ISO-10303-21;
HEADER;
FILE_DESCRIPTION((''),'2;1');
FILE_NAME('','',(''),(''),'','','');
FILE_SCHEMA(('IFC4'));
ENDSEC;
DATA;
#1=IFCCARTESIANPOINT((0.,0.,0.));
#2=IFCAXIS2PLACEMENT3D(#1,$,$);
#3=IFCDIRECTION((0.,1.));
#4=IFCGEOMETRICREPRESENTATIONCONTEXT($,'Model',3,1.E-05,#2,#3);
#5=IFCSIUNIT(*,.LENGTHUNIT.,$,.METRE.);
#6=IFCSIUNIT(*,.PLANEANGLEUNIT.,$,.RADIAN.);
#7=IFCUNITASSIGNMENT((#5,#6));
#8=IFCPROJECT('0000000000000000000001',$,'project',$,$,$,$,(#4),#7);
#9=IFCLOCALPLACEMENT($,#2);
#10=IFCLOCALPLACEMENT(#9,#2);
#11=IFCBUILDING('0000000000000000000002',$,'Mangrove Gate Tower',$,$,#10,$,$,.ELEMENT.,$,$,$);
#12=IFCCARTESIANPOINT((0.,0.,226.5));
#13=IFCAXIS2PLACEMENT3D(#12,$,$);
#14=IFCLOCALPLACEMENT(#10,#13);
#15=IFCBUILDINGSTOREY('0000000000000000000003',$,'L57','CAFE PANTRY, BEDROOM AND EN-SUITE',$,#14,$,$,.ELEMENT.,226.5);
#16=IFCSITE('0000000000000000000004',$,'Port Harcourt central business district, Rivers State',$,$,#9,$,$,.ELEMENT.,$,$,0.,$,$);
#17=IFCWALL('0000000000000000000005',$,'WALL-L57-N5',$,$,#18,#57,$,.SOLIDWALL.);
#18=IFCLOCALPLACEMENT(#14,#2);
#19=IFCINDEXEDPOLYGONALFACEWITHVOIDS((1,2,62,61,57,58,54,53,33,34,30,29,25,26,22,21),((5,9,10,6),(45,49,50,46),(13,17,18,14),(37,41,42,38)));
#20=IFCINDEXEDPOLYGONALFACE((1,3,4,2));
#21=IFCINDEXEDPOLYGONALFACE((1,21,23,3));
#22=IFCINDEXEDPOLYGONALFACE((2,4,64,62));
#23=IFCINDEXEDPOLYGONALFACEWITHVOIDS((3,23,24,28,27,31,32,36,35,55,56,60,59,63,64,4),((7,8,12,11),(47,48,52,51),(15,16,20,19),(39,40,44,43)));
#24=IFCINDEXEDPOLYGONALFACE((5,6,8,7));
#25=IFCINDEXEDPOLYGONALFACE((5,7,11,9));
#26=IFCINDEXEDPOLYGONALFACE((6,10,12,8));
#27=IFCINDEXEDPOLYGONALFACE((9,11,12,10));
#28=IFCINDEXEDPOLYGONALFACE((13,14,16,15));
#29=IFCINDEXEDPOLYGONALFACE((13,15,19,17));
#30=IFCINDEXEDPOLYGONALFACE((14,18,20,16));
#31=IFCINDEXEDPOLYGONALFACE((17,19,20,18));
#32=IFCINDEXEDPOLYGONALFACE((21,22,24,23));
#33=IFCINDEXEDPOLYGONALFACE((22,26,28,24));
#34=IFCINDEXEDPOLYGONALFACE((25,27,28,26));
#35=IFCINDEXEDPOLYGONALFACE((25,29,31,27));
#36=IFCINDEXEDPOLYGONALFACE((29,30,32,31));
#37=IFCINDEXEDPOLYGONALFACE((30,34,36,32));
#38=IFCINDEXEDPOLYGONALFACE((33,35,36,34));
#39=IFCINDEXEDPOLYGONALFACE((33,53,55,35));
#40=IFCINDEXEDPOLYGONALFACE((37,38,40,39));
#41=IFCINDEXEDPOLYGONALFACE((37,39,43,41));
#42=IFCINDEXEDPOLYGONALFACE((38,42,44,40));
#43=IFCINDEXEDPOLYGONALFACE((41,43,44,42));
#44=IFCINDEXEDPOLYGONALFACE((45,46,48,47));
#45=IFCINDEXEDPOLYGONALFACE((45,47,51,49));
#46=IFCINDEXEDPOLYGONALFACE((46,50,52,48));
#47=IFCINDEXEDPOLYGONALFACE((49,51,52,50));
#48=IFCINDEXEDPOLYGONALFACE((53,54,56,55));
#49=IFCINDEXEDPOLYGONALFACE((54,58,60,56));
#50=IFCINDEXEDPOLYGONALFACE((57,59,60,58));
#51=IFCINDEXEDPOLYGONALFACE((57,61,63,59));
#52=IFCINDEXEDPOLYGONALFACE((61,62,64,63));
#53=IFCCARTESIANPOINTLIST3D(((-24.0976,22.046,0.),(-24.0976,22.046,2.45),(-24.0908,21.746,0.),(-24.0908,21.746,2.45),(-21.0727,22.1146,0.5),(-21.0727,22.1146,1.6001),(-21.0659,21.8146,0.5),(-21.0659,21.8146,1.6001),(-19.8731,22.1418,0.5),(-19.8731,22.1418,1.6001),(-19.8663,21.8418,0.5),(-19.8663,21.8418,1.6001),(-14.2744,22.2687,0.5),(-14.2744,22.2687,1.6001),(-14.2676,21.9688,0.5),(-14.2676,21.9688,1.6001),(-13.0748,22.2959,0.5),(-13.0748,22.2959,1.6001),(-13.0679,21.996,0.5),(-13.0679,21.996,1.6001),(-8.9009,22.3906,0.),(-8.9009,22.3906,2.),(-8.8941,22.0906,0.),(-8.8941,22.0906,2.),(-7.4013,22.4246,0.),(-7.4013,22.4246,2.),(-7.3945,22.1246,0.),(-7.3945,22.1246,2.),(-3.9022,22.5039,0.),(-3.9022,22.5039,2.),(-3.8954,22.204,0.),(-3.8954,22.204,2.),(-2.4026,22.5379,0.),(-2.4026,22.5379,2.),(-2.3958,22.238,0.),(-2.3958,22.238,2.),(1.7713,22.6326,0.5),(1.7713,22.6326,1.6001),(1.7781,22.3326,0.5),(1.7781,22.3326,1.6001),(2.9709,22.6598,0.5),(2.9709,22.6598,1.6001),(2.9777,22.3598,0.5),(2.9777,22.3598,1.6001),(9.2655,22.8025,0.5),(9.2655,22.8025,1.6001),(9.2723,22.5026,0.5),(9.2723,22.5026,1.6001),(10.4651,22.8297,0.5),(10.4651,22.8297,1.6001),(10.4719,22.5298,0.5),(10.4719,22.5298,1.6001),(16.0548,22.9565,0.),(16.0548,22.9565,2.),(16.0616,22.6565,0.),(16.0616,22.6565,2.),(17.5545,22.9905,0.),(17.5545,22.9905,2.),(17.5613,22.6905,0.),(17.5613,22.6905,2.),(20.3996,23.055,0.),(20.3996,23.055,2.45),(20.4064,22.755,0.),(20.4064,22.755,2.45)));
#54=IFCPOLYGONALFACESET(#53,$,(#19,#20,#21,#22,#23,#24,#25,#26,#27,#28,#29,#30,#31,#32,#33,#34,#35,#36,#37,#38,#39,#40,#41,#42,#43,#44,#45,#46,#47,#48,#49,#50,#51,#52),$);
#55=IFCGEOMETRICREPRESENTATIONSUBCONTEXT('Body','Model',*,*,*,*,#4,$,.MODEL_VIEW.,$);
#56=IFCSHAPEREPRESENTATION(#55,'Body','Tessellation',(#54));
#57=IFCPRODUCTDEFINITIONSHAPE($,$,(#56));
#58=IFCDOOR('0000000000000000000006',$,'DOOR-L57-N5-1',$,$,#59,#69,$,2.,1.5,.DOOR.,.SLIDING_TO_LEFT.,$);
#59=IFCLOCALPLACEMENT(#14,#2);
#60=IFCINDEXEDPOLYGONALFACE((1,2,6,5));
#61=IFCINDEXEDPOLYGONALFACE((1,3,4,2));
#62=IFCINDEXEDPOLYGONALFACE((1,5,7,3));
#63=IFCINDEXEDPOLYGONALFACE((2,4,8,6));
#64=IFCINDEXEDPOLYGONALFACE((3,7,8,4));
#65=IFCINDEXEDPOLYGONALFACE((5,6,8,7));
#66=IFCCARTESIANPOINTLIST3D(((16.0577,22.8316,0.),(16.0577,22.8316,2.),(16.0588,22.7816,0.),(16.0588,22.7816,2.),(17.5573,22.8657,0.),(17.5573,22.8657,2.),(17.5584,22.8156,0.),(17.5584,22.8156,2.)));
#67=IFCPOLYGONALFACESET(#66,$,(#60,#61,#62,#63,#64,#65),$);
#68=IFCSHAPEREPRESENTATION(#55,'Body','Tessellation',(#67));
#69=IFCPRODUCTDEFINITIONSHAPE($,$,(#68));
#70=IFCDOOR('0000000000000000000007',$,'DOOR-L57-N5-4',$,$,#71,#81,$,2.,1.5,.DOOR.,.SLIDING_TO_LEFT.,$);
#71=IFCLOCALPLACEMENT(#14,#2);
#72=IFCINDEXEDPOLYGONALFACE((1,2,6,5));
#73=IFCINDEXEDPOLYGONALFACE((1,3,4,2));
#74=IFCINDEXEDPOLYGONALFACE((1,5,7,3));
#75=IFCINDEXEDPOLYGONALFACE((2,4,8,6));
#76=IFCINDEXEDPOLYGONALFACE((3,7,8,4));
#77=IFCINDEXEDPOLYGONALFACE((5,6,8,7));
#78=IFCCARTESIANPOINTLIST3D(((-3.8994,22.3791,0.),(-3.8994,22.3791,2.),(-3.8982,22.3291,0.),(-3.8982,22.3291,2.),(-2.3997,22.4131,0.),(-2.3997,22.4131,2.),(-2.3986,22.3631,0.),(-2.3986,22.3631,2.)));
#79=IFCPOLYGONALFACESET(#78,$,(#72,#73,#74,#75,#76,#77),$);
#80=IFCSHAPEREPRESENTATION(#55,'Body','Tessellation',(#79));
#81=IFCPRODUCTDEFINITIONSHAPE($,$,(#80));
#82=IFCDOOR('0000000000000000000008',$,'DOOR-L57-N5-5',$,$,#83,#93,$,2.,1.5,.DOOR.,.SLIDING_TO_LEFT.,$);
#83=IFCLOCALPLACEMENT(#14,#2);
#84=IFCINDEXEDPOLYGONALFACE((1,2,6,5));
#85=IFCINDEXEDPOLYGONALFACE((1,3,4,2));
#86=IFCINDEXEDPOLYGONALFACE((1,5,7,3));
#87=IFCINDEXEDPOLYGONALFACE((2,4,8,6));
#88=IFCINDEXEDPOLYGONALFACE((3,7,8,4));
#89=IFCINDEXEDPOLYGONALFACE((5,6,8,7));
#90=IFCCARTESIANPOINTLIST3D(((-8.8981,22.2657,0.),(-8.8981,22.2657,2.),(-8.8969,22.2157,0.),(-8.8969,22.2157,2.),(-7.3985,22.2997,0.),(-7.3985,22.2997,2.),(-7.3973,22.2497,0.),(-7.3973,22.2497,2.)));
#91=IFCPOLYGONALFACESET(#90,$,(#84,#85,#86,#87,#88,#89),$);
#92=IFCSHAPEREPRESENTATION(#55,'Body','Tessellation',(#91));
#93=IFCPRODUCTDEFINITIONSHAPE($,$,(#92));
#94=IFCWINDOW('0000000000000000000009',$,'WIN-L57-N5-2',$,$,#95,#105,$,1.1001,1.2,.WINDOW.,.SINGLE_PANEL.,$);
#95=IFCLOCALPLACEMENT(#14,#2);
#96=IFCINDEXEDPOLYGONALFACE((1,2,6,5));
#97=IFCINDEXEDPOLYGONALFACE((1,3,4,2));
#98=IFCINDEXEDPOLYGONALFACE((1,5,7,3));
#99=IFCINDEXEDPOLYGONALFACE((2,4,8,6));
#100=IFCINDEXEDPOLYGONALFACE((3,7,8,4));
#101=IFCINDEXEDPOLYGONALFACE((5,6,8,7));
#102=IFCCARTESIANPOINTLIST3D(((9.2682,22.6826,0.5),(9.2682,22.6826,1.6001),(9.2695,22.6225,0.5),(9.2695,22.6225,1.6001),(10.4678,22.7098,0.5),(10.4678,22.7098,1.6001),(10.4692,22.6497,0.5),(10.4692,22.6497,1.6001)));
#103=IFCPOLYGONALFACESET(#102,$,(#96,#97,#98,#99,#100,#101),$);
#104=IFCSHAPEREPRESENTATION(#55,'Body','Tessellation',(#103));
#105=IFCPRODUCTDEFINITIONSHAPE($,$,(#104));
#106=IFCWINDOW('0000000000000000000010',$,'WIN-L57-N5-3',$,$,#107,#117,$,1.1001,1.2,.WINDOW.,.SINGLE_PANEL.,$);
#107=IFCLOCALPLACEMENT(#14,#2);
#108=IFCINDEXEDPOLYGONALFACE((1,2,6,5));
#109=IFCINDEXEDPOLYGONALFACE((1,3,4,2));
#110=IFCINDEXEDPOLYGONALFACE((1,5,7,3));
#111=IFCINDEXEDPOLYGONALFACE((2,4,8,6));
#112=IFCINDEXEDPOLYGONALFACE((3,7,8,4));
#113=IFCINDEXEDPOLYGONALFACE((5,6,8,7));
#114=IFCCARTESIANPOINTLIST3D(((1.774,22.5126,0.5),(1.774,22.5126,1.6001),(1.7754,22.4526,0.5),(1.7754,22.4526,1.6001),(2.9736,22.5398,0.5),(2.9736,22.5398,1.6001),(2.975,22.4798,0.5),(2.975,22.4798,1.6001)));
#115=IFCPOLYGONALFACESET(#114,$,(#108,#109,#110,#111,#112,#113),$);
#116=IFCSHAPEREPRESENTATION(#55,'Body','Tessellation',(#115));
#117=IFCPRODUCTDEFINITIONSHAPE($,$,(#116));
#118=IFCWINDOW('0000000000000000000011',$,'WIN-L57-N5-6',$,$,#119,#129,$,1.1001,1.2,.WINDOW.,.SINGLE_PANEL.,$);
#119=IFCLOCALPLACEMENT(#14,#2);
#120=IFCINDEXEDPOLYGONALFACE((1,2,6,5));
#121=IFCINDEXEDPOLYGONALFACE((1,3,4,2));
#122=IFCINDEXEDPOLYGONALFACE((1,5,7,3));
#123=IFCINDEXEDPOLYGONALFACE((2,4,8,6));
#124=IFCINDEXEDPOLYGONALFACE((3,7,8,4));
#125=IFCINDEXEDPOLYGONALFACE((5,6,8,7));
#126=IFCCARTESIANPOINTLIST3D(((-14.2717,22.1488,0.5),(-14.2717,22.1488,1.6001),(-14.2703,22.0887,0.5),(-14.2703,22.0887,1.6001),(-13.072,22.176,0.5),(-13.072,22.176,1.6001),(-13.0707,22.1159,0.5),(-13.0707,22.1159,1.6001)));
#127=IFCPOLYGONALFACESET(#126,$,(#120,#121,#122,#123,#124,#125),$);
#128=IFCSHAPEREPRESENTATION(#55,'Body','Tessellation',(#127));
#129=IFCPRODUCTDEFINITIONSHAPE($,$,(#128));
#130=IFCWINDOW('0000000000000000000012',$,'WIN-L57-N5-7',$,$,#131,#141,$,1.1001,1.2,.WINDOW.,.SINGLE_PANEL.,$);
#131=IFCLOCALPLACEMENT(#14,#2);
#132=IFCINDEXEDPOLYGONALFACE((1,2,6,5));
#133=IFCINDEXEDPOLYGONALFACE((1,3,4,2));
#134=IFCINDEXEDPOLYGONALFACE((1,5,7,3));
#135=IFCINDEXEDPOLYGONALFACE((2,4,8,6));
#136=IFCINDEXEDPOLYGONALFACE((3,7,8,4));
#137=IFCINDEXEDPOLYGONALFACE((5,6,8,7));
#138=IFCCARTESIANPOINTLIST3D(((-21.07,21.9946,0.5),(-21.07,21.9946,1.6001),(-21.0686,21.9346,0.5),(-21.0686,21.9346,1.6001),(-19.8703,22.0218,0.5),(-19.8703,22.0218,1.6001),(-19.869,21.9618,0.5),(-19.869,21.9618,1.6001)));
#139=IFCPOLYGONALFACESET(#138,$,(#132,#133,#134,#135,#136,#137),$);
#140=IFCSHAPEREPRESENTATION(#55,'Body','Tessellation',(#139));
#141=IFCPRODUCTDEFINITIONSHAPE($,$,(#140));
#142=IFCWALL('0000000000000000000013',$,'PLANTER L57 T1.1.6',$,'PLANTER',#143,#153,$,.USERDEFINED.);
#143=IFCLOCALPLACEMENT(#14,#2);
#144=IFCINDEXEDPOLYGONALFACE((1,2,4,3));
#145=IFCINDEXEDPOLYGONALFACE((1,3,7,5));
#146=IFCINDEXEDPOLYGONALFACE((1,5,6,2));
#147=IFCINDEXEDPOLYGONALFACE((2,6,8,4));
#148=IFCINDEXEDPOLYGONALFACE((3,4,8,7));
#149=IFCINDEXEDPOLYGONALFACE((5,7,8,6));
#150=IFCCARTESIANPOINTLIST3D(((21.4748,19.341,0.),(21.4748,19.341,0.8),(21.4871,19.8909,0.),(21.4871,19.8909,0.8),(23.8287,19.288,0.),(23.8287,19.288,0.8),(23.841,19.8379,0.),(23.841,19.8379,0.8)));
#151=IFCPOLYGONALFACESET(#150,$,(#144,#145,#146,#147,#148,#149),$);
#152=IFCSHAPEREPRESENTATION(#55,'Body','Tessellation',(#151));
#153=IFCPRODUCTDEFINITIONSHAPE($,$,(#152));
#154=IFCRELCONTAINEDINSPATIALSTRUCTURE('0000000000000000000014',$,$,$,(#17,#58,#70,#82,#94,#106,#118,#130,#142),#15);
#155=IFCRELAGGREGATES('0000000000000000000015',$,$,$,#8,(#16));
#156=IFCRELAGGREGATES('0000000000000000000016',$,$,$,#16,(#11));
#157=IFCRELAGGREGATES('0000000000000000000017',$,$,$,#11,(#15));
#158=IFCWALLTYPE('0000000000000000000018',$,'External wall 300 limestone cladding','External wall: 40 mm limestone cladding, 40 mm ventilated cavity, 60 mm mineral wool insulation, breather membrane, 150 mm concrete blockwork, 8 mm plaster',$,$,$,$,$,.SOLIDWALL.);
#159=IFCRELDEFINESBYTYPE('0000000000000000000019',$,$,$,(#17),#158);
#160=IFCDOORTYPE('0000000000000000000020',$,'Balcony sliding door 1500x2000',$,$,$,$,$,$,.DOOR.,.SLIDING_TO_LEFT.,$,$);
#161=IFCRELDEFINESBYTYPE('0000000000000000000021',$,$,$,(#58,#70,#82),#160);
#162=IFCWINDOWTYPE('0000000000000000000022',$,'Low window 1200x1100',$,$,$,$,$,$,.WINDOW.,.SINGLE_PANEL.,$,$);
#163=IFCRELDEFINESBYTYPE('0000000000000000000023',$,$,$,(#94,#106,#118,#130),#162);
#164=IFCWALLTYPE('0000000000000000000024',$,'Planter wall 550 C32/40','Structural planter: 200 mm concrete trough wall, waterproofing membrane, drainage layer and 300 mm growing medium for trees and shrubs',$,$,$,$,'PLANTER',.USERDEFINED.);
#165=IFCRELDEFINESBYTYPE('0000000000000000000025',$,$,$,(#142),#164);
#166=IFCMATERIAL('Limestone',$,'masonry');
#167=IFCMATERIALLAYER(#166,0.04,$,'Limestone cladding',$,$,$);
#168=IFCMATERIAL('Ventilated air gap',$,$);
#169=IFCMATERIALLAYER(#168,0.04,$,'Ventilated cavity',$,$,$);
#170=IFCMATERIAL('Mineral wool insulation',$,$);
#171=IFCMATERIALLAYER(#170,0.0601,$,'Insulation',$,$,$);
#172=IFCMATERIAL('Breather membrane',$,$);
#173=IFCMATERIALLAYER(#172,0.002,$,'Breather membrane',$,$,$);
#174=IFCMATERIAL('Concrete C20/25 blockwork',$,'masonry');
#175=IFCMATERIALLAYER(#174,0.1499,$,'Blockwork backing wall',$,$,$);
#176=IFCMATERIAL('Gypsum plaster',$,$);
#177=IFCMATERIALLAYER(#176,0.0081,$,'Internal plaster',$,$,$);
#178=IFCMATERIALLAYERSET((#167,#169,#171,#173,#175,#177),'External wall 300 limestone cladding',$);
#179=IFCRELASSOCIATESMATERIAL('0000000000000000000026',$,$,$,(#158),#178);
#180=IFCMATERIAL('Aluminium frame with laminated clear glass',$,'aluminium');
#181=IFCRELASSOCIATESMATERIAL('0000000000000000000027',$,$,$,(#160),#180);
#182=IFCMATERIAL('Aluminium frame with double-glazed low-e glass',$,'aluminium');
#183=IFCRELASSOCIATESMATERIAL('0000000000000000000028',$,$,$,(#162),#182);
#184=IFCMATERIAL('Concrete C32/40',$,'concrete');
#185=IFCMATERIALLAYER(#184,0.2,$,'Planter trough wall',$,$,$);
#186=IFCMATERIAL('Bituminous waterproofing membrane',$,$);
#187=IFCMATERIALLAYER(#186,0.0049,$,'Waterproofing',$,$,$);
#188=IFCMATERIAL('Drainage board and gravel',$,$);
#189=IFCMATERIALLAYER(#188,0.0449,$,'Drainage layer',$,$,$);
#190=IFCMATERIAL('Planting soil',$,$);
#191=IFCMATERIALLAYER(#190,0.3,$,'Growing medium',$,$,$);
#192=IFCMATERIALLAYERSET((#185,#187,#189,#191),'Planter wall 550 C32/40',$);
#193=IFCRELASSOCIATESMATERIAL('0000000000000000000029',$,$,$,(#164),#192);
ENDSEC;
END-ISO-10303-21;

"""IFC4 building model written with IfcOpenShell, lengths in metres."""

from ifc_helpers import new_model, si_unit, direction, frame, frame_2d, origin, place, context, subcontext, project, spatial, rectangle, extrude, material, layer, layer_set, type_object, element, fill, save


model = new_model("IFC4")

# Units and contexts
model_context = context("Model", 3, precision=1e-05, world=origin(), true_north=direction((0.0, 1.0)))
body_context = subcontext(model_context, "Body", "Model", "MODEL_VIEW")
ifc_project = project(units=[si_unit("LENGTHUNIT", "METRE"), si_unit("PLANEANGLEUNIT", "RADIAN")], contexts=[model_context])

# Site, building, storey
site_placement = place(None, origin())
site = spatial("IfcSite", under=ifc_project, at=site_placement, Name="Port Harcourt central business district, Rivers State", CompositionType="ELEMENT", RefElevation=0.0)
building_placement = place(site_placement, origin())
building = spatial("IfcBuilding", under=site, at=building_placement, Name="Mangrove Gate Tower", CompositionType="ELEMENT")
storey_placement = place(building_placement, frame((0.0, 0.0, 226.5)))
storey = spatial("IfcBuildingStorey", under=building, at=storey_placement, Name="L57", Description="CAFE PANTRY, BEDROOM AND EN-SUITE", CompositionType="ELEMENT", Elevation=226.5)

# Wall, openings, doors, windows
ifc_material_1 = material(Name="Limestone", Category="masonry")
ifc_layer_1 = layer(ifc_material_1, 0.04, Name="Limestone cladding")
ifc_material_2 = material(Name="Ventilated air gap")
ifc_layer_2 = layer(ifc_material_2, 0.04, Name="Ventilated cavity")
ifc_material_3 = material(Name="Mineral wool insulation")
ifc_layer_3 = layer(ifc_material_3, 0.0601, Name="Insulation")
ifc_material_4 = material(Name="Breather membrane")
ifc_layer_4 = layer(ifc_material_4, 0.002, Name="Breather membrane")
ifc_material_5 = material(Name="Concrete C20/25 blockwork", Category="masonry")
ifc_layer_5 = layer(ifc_material_5, 0.1499, Name="Blockwork backing wall")
ifc_material_6 = material(Name="Gypsum plaster")
ifc_layer_6 = layer(ifc_material_6, 0.0081, Name="Internal plaster")
ifc_layer_set_1 = layer_set([ifc_layer_1, ifc_layer_2, ifc_layer_3, ifc_layer_4, ifc_layer_5, ifc_layer_6], Name="External wall 300 limestone cladding")
wall_type_1 = type_object("IfcWallType", Name="External wall 300 limestone cladding", Description="External wall: 40 mm limestone cladding, 40 mm ventilated cavity, 60 mm mineral wool insulation, breather membrane, 150 mm concrete blockwork, 8 mm plaster", PredefinedType="SOLIDWALL", material=ifc_layer_set_1)
wall_1_placement = place(storey_placement, frame((20.4031, 22.905, 0.0), z_axis=(0.0, 0.0, 1.0), x_axis=(-0.999743, -0.022671, 0.0)))
wall_1 = element("IfcWall", 1, at=wall_1_placement, inside=storey, type_object=wall_type_1, Name="WALL-L57-N5", PredefinedType="SOLIDWALL", context=body_context, shape_type="SweptSolid", body=[
    extrude(rectangle(XDim=44.5085, YDim=0.3, at=frame_2d((22.2544, 0.0))), origin(), (0.0, 0.0, 1.0), 2.45),
])
opening_1_placement = place(wall_1_placement, frame((2.8459, 0.0, 0.0)))
opening_1 = element("IfcOpeningElement", 2, at=opening_1_placement, cuts=wall_1, PredefinedType="OPENING", context=body_context, shape_type="SweptSolid", body=[
    extrude(rectangle(XDim=1.5, YDim=2.0, at=frame_2d((0.75, 1.0))), frame((0.0, 0.1599, 0.0), z_axis=(0.0, -1.0, 0.0), x_axis=(1.0, 0.0, 0.0)), (0.0, 0.0, 1.0), 0.3201),
])
opening_2_placement = place(wall_1_placement, frame((9.937, 0.0, 0.5)))
opening_2 = element("IfcOpeningElement", 3, at=opening_2_placement, cuts=wall_1, PredefinedType="OPENING", context=body_context, shape_type="SweptSolid", body=[
    extrude(rectangle(XDim=1.2, YDim=1.1001, at=frame_2d((0.6001, 0.55))), frame((0.0, 0.1599, 0.0), z_axis=(0.0, -1.0, 0.0), x_axis=(1.0, 0.0, 0.0)), (0.0, 0.0, 1.0), 0.3201),
])
opening_3_placement = place(wall_1_placement, frame((17.4331, 0.0, 0.5)))
opening_3 = element("IfcOpeningElement", 4, at=opening_3_placement, cuts=wall_1, PredefinedType="OPENING", context=body_context, shape_type="SweptSolid", body=[
    extrude(rectangle(XDim=1.2, YDim=1.1001, at=frame_2d((0.6001, 0.55))), frame((0.0, 0.1599, 0.0), z_axis=(0.0, -1.0, 0.0), x_axis=(1.0, 0.0, 0.0)), (0.0, 0.0, 1.0), 0.3201),
])
opening_4_placement = place(wall_1_placement, frame((22.8081, 0.0, 0.0)))
opening_4 = element("IfcOpeningElement", 5, at=opening_4_placement, cuts=wall_1, PredefinedType="OPENING", context=body_context, shape_type="SweptSolid", body=[
    extrude(rectangle(XDim=1.5, YDim=2.0, at=frame_2d((0.75, 1.0))), frame((0.0, 0.1599, 0.0), z_axis=(0.0, -1.0, 0.0), x_axis=(1.0, 0.0, 0.0)), (0.0, 0.0, 1.0), 0.3201),
])
opening_5_placement = place(wall_1_placement, frame((27.8081, 0.0, 0.0)))
opening_5 = element("IfcOpeningElement", 6, at=opening_5_placement, cuts=wall_1, PredefinedType="OPENING", context=body_context, shape_type="SweptSolid", body=[
    extrude(rectangle(XDim=1.5, YDim=2.0, at=frame_2d((0.75, 1.0))), frame((0.0, 0.1599, 0.0), z_axis=(0.0, -1.0, 0.0), x_axis=(1.0, 0.0, 0.0)), (0.0, 0.0, 1.0), 0.3201),
])
opening_6_placement = place(wall_1_placement, frame((33.4829, 0.0, 0.5)))
opening_6 = element("IfcOpeningElement", 7, at=opening_6_placement, cuts=wall_1, PredefinedType="OPENING", context=body_context, shape_type="SweptSolid", body=[
    extrude(rectangle(XDim=1.2, YDim=1.1001, at=frame_2d((0.6001, 0.55))), frame((0.0, 0.1599, 0.0), z_axis=(0.0, -1.0, 0.0), x_axis=(1.0, 0.0, 0.0)), (0.0, 0.0, 1.0), 0.3201),
])
opening_7_placement = place(wall_1_placement, frame((40.283, 0.0, 0.5)))
opening_7 = element("IfcOpeningElement", 8, at=opening_7_placement, cuts=wall_1, PredefinedType="OPENING", context=body_context, shape_type="SweptSolid", body=[
    extrude(rectangle(XDim=1.2, YDim=1.1001, at=frame_2d((0.6001, 0.55))), frame((0.0, 0.1599, 0.0), z_axis=(0.0, -1.0, 0.0), x_axis=(1.0, 0.0, 0.0)), (0.0, 0.0, 1.0), 0.3201),
])
ifc_material_7 = material(Name="Aluminium frame with laminated clear glass", Category="aluminium")
door_type = type_object("IfcDoorType", Name="Balcony sliding door 1500x2000", OperationType="SLIDING_TO_LEFT", PredefinedType="DOOR", material=ifc_material_7)
door_1_placement = place(opening_1_placement, origin())
door_1 = element("IfcDoor", 9, at=door_1_placement, inside=storey, type_object=door_type, Name="DOOR-L57-N5-1", OperationType="SLIDING_TO_LEFT", OverallHeight=2.0, OverallWidth=1.5, PredefinedType="DOOR", context=body_context, shape_type="SweptSolid", body=[
    extrude(rectangle(XDim=1.5, YDim=2.0, at=frame_2d((0.75, 1.0))), frame((0.0, 0.0249, 0.0), z_axis=(0.0, -1.0, 0.0), x_axis=(1.0, 0.0, 0.0)), (0.0, 0.0, 1.0), 0.05),
])
fill(opening_1, door_1)
door_2_placement = place(opening_4_placement, origin())
door_2 = element("IfcDoor", 10, at=door_2_placement, inside=storey, type_object=door_type, Name="DOOR-L57-N5-4", OperationType="SLIDING_TO_LEFT", OverallHeight=2.0, OverallWidth=1.5, PredefinedType="DOOR", context=body_context, shape_type="SweptSolid", body=[
    extrude(rectangle(XDim=1.5, YDim=2.0, at=frame_2d((0.75, 1.0))), frame((0.0, 0.0249, 0.0), z_axis=(0.0, -1.0, 0.0), x_axis=(1.0, 0.0, 0.0)), (0.0, 0.0, 1.0), 0.05),
])
fill(opening_4, door_2)
door_3_placement = place(opening_5_placement, origin())
door_3 = element("IfcDoor", 11, at=door_3_placement, inside=storey, type_object=door_type, Name="DOOR-L57-N5-5", OperationType="SLIDING_TO_LEFT", OverallHeight=2.0, OverallWidth=1.5, PredefinedType="DOOR", context=body_context, shape_type="SweptSolid", body=[
    extrude(rectangle(XDim=1.5, YDim=2.0, at=frame_2d((0.75, 1.0))), frame((0.0, 0.0249, 0.0), z_axis=(0.0, -1.0, 0.0), x_axis=(1.0, 0.0, 0.0)), (0.0, 0.0, 1.0), 0.05),
])
fill(opening_5, door_3)
ifc_material_8 = material(Name="Aluminium frame with double-glazed low-e glass", Category="aluminium")
window_type = type_object("IfcWindowType", Name="Low window 1200x1100", PartitioningType="SINGLE_PANEL", PredefinedType="WINDOW", material=ifc_material_8)
window_1_placement = place(opening_2_placement, origin())
window_1 = element("IfcWindow", 12, at=window_1_placement, inside=storey, type_object=window_type, Name="WIN-L57-N5-2", OverallHeight=1.1001, OverallWidth=1.2, PartitioningType="SINGLE_PANEL", PredefinedType="WINDOW", context=body_context, shape_type="SweptSolid", body=[
    extrude(rectangle(XDim=1.2, YDim=1.1001, at=frame_2d((0.6001, 0.55))), frame((0.0, 0.03, 0.0), z_axis=(0.0, -1.0, 0.0), x_axis=(1.0, 0.0, 0.0)), (0.0, 0.0, 1.0), 0.0601),
])
fill(opening_2, window_1)
window_2_placement = place(opening_3_placement, origin())
window_2 = element("IfcWindow", 13, at=window_2_placement, inside=storey, type_object=window_type, Name="WIN-L57-N5-3", OverallHeight=1.1001, OverallWidth=1.2, PartitioningType="SINGLE_PANEL", PredefinedType="WINDOW", context=body_context, shape_type="SweptSolid", body=[
    extrude(rectangle(XDim=1.2, YDim=1.1001, at=frame_2d((0.6001, 0.55))), frame((0.0, 0.03, 0.0), z_axis=(0.0, -1.0, 0.0), x_axis=(1.0, 0.0, 0.0)), (0.0, 0.0, 1.0), 0.0601),
])
fill(opening_3, window_2)
window_3_placement = place(opening_6_placement, origin())
window_3 = element("IfcWindow", 14, at=window_3_placement, inside=storey, type_object=window_type, Name="WIN-L57-N5-6", OverallHeight=1.1001, OverallWidth=1.2, PartitioningType="SINGLE_PANEL", PredefinedType="WINDOW", context=body_context, shape_type="SweptSolid", body=[
    extrude(rectangle(XDim=1.2, YDim=1.1001, at=frame_2d((0.6001, 0.55))), frame((0.0, 0.03, 0.0), z_axis=(0.0, -1.0, 0.0), x_axis=(1.0, 0.0, 0.0)), (0.0, 0.0, 1.0), 0.0601),
])
fill(opening_6, window_3)
window_4_placement = place(opening_7_placement, origin())
window_4 = element("IfcWindow", 15, at=window_4_placement, inside=storey, type_object=window_type, Name="WIN-L57-N5-7", OverallHeight=1.1001, OverallWidth=1.2, PartitioningType="SINGLE_PANEL", PredefinedType="WINDOW", context=body_context, shape_type="SweptSolid", body=[
    extrude(rectangle(XDim=1.2, YDim=1.1001, at=frame_2d((0.6001, 0.55))), frame((0.0, 0.03, 0.0), z_axis=(0.0, -1.0, 0.0), x_axis=(1.0, 0.0, 0.0)), (0.0, 0.0, 1.0), 0.0601),
])
fill(opening_7, window_4)

# Wall
ifc_material_9 = material(Name="Concrete C32/40", Category="concrete")
ifc_layer_7 = layer(ifc_material_9, 0.2, Name="Planter trough wall")
ifc_material_10 = material(Name="Bituminous waterproofing membrane")
ifc_layer_8 = layer(ifc_material_10, 0.0049, Name="Waterproofing")
ifc_material_11 = material(Name="Drainage board and gravel")
ifc_layer_9 = layer(ifc_material_11, 0.0449, Name="Drainage layer")
ifc_material_12 = material(Name="Planting soil")
ifc_layer_10 = layer(ifc_material_12, 0.3, Name="Growing medium")
ifc_layer_set_2 = layer_set([ifc_layer_7, ifc_layer_8, ifc_layer_9, ifc_layer_10], Name="Planter wall 550 C32/40")
wall_type_2 = type_object("IfcWallType", Name="Planter wall 550 C32/40", Description="Structural planter: 200 mm concrete trough wall, waterproofing membrane, drainage layer and 300 mm growing medium for trees and shrubs", ElementType="PLANTER", PredefinedType="USERDEFINED", material=ifc_layer_set_2)
wall_2_placement = place(storey_placement, frame((21.481, 19.616, 0.0), z_axis=(0.0, 0.0, 1.0), x_axis=(0.999747, -0.0225, 0.0)))
element("IfcWall", 16, at=wall_2_placement, inside=storey, type_object=wall_type_2, Name="PLANTER L57 T1.1.6", ObjectType="PLANTER", PredefinedType="USERDEFINED", context=body_context, shape_type="SweptSolid", body=[
    extrude(rectangle(XDim=2.3545, YDim=0.55, at=frame_2d((1.1772, 0.0))), origin(), (0.0, 0.0, 1.0), 0.8),
])

save(model, "model.ifc")
